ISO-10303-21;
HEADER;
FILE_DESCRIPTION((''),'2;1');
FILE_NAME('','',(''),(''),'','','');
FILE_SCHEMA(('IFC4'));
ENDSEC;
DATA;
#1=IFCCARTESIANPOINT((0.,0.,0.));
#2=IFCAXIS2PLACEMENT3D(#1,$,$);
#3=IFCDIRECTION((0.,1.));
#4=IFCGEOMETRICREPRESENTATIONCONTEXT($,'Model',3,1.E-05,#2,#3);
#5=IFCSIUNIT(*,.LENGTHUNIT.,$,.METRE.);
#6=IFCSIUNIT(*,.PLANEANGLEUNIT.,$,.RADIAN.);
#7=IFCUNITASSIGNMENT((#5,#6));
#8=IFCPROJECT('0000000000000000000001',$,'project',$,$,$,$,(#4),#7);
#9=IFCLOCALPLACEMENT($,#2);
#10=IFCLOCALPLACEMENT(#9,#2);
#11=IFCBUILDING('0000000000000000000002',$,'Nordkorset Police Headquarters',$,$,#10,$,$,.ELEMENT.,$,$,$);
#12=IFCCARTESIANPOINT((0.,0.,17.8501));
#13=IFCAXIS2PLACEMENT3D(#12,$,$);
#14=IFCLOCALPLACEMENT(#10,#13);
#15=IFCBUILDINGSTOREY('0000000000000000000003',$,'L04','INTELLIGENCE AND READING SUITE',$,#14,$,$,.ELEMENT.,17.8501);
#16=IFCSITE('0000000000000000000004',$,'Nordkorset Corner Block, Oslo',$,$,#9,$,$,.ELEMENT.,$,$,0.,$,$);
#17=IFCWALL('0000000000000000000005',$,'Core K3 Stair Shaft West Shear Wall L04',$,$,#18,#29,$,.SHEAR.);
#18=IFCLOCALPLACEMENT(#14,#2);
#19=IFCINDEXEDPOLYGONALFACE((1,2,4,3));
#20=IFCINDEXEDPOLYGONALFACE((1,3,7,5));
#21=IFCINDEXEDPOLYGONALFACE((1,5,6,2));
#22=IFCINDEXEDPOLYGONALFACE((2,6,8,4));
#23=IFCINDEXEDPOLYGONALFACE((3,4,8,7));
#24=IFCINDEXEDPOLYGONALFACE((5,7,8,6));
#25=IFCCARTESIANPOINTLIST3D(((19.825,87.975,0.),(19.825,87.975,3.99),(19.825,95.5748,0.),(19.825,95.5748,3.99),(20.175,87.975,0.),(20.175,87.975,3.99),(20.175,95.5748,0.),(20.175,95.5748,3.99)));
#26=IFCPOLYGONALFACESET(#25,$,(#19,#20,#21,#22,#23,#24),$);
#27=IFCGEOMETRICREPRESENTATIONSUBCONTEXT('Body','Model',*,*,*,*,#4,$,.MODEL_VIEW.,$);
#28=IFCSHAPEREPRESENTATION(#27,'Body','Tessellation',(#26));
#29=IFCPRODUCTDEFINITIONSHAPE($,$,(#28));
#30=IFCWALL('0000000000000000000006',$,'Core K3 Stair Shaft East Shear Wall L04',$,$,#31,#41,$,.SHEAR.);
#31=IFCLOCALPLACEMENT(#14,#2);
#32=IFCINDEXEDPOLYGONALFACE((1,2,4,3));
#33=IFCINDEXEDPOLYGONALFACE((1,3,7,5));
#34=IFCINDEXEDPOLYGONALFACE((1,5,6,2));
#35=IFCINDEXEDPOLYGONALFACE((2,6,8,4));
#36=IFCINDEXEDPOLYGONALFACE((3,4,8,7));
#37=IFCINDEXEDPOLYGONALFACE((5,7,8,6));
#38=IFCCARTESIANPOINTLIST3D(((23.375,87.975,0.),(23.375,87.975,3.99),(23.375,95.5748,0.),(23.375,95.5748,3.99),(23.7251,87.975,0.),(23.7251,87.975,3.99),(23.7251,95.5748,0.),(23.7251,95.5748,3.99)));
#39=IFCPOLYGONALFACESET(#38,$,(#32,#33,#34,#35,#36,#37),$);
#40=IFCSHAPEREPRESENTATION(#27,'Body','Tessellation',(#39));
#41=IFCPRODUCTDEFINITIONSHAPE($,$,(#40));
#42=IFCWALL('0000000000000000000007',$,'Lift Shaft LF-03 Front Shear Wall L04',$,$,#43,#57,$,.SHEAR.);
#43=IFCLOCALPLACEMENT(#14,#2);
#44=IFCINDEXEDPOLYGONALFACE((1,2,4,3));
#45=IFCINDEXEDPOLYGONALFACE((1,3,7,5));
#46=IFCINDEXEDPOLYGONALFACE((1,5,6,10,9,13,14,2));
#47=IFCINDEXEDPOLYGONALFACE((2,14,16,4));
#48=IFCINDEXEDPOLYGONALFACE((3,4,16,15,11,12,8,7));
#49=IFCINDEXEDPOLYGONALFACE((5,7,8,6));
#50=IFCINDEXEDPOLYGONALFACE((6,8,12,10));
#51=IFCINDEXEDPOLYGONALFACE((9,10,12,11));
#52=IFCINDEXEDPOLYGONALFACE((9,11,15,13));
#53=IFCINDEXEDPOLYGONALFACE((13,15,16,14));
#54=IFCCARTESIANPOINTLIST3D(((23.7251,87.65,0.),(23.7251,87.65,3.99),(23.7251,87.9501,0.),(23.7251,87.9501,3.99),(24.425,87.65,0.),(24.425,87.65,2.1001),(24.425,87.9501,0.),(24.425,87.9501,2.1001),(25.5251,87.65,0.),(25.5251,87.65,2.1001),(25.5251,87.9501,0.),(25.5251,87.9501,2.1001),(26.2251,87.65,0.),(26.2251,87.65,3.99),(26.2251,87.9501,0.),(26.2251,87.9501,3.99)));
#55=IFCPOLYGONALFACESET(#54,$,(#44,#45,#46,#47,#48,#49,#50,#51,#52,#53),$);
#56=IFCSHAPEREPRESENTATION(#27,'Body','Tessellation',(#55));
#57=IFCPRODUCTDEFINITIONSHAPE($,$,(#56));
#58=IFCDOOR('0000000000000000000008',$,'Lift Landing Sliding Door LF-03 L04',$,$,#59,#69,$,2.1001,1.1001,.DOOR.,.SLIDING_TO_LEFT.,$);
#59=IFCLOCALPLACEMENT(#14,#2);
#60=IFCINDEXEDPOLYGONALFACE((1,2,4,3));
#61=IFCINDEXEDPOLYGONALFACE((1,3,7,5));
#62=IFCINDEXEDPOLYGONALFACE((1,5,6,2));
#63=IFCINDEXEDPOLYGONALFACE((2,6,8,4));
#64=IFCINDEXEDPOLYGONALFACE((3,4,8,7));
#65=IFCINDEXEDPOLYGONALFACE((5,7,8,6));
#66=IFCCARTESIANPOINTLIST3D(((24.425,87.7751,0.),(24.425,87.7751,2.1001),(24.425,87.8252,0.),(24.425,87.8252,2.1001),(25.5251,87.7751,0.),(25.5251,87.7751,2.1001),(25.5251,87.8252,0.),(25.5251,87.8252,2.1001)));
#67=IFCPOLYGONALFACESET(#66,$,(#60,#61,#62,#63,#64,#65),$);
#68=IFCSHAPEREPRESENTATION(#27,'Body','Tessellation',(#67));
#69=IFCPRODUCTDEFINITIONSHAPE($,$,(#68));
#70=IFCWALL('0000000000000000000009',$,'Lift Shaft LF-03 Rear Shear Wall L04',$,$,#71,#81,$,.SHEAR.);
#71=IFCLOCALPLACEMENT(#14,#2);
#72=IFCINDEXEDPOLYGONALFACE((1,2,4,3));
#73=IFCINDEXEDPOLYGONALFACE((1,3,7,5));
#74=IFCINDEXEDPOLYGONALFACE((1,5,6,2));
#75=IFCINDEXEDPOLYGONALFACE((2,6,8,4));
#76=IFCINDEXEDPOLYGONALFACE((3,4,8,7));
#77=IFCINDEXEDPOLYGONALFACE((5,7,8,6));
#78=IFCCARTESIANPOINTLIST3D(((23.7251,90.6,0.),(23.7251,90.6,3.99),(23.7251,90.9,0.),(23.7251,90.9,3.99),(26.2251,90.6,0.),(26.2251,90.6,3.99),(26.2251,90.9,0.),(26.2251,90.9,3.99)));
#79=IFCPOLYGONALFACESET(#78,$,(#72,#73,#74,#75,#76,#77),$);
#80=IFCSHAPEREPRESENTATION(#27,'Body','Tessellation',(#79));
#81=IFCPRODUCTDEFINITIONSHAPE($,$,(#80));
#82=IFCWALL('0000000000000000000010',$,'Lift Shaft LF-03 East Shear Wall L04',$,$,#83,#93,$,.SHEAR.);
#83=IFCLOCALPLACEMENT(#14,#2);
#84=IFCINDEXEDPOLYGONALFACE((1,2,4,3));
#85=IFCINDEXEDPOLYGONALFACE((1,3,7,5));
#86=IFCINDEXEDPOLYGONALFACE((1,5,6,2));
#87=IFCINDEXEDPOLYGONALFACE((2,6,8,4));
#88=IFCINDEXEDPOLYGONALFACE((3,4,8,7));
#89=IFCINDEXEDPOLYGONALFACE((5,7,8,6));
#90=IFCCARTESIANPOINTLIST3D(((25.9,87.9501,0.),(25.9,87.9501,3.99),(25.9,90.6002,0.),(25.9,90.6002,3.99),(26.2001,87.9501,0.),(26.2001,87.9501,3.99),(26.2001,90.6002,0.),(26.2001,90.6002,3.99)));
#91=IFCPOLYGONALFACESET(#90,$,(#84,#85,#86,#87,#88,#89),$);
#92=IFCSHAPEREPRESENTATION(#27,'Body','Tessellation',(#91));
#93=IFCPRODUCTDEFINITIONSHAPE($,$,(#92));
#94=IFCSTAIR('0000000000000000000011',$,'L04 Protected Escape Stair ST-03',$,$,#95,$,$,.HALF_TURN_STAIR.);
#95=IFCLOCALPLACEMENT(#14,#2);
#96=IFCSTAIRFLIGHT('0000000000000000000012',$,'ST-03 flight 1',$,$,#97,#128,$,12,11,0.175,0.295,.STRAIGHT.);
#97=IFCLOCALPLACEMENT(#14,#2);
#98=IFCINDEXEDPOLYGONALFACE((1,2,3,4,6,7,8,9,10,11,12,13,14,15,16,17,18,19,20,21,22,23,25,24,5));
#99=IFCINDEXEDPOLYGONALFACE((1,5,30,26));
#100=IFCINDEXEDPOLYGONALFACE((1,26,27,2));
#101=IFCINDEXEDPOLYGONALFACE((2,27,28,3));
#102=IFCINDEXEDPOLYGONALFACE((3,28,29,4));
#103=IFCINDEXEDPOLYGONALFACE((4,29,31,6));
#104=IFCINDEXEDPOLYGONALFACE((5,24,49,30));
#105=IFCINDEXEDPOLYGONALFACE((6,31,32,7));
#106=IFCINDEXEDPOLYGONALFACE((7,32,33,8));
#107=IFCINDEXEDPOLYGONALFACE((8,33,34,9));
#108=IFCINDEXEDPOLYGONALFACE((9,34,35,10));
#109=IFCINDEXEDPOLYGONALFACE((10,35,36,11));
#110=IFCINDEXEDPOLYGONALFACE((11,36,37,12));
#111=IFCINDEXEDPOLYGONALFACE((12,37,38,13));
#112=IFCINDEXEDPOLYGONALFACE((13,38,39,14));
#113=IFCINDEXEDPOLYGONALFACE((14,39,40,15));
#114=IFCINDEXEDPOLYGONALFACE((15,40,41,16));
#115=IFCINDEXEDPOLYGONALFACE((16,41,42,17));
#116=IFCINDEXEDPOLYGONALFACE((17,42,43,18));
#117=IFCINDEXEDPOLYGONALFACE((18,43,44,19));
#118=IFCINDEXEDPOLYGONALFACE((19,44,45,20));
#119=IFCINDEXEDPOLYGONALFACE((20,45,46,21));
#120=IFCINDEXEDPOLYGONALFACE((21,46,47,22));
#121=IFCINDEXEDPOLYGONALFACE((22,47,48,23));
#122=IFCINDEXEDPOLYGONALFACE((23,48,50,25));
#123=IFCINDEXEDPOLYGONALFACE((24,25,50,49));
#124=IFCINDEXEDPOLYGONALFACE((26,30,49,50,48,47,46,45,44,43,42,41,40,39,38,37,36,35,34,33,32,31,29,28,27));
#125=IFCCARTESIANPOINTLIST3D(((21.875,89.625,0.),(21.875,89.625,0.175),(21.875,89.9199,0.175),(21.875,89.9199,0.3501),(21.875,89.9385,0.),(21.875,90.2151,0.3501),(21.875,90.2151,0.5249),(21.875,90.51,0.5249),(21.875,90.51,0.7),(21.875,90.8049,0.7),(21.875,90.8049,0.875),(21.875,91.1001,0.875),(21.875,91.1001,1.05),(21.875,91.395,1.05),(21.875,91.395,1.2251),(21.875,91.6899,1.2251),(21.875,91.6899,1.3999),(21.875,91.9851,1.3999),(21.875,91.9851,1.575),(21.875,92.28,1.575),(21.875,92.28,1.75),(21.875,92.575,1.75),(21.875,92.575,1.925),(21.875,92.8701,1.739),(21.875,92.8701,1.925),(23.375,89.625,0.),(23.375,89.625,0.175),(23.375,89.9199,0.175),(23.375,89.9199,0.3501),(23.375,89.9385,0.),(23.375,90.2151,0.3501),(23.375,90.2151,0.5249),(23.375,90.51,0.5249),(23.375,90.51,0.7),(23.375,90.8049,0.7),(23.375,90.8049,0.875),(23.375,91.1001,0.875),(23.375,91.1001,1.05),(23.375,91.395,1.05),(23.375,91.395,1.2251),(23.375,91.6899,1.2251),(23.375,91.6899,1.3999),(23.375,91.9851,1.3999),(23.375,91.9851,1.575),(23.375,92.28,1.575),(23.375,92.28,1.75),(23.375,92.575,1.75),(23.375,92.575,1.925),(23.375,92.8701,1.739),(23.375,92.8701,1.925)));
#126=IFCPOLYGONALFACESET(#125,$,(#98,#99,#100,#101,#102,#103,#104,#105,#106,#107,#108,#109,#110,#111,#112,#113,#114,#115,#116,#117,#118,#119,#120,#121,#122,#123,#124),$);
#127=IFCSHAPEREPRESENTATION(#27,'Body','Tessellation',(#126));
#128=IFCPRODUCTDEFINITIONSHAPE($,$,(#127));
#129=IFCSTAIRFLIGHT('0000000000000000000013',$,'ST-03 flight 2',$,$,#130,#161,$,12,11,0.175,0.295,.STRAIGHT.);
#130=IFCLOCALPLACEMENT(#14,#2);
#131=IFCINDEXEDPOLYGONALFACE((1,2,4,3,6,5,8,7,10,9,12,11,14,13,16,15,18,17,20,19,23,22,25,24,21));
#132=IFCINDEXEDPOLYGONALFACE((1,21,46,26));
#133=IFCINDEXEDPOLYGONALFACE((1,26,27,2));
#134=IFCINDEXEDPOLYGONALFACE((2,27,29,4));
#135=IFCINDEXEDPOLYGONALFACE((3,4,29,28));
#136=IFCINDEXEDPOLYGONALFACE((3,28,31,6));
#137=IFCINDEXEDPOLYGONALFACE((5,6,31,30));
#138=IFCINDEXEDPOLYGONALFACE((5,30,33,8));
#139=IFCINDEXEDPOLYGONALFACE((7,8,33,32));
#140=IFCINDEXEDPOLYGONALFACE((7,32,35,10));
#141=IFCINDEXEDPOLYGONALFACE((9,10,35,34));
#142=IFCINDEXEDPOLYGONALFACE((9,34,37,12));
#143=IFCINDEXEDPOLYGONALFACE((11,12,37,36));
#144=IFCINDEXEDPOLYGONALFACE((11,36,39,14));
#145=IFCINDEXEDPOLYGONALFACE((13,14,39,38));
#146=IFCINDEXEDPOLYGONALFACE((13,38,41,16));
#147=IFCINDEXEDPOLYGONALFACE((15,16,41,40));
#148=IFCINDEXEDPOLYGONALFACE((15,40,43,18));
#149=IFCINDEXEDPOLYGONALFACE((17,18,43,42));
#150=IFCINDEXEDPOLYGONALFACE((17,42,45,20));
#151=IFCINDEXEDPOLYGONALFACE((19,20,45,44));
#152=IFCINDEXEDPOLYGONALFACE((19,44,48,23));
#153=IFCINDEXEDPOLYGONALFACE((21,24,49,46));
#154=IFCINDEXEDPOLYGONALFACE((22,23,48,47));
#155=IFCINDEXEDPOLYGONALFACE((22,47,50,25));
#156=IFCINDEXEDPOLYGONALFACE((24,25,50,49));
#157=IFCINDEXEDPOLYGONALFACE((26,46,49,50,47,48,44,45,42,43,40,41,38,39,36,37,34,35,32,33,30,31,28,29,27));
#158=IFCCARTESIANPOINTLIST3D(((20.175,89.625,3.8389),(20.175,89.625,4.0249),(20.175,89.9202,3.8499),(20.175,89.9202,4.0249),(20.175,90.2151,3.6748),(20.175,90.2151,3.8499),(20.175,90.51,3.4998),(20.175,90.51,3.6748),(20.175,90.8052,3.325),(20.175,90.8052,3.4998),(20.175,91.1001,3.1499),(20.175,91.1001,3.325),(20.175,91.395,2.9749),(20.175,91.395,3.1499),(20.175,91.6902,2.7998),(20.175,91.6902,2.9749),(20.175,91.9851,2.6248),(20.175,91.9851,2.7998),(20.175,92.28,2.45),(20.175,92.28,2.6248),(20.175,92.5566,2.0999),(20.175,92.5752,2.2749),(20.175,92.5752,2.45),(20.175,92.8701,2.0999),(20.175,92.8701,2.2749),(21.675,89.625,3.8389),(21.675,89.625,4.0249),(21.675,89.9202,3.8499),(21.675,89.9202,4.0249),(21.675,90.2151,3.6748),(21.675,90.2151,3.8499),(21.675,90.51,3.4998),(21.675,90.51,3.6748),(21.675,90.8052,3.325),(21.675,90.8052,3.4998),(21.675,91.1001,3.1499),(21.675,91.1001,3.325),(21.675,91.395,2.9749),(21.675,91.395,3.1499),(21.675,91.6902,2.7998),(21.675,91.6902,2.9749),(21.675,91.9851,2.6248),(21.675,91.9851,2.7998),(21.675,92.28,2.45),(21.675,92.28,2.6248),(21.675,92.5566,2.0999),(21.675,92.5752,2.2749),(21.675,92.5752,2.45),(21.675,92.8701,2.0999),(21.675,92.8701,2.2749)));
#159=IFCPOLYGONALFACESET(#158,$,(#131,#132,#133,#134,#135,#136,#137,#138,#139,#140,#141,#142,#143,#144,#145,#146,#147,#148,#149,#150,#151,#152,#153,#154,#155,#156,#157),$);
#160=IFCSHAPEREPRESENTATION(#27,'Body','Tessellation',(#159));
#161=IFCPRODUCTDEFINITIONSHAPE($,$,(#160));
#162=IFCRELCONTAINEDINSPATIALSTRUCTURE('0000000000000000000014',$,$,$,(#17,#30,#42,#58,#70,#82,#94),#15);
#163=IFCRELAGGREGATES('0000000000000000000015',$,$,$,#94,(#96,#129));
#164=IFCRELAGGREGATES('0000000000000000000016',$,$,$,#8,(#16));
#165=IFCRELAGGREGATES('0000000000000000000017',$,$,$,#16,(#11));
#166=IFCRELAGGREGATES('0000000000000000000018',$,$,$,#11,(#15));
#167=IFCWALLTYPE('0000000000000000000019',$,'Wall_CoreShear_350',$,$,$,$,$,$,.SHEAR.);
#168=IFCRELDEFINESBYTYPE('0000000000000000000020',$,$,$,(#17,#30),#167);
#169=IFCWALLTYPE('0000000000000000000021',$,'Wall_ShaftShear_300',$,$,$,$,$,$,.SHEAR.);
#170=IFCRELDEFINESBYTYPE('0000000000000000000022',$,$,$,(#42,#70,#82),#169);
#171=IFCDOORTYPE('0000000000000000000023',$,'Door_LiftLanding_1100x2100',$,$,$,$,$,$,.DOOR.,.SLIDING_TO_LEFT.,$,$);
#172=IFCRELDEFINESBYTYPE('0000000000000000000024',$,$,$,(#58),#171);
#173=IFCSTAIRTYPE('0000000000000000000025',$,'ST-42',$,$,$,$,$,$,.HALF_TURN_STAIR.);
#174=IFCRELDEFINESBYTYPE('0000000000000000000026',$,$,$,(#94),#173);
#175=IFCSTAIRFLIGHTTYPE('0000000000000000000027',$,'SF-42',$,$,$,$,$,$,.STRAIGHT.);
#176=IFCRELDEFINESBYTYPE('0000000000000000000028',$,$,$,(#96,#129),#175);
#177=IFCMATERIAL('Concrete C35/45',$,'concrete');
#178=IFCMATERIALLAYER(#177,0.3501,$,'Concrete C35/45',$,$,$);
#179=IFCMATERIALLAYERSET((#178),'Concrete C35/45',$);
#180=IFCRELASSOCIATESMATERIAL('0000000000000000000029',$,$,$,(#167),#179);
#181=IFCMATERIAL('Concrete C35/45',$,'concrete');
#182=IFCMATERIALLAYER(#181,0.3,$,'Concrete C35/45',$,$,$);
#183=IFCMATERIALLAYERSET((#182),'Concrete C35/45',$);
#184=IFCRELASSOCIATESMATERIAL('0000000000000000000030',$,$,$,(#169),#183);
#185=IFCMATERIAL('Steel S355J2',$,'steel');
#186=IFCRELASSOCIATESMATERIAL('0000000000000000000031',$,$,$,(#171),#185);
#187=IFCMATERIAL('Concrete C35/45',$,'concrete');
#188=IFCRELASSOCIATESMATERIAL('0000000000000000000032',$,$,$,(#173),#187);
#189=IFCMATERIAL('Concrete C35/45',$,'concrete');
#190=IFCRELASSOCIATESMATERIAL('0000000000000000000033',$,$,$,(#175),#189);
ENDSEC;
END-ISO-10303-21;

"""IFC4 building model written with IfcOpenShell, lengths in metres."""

from ifc_helpers import new_model, si_unit, direction, frame, frame_2d, origin, place, context, subcontext, project, spatial, polyline, rectangle, outline, extrude, material, layer, layer_set, type_object, element, fill, aggregate, save


model = new_model("IFC4")

# Units and contexts
model_context = context("Model", 3, precision=1e-05, world=origin(), true_north=direction((0.0, 1.0)))
body_context = subcontext(model_context, "Body", "Model", "MODEL_VIEW")
ifc_project = project(units=[si_unit("LENGTHUNIT", "METRE"), si_unit("PLANEANGLEUNIT", "RADIAN")], contexts=[model_context])

# Site, building, storey
site_placement = place(None, origin())
site = spatial("IfcSite", under=ifc_project, at=site_placement, Name="Nordkorset Corner Block, Oslo", CompositionType="ELEMENT", RefElevation=0.0)
building_placement = place(site_placement, origin())
building = spatial("IfcBuilding", under=site, at=building_placement, Name="Nordkorset Police Headquarters", CompositionType="ELEMENT")
storey_placement = place(building_placement, frame((0.0, 0.0, 17.8501)))
storey = spatial("IfcBuildingStorey", under=building, at=storey_placement, Name="L04", Description="INTELLIGENCE AND READING SUITE", CompositionType="ELEMENT", Elevation=17.8501)

# Walls
ifc_material_1 = material(Name="Concrete C35/45", Category="concrete")
ifc_layer_1 = layer(ifc_material_1, 0.3501, Name="Concrete C35/45")
ifc_layer_set_1 = layer_set([ifc_layer_1], Name="Concrete C35/45")
wall_type_1 = type_object("IfcWallType", Name="Wall_CoreShear_350", PredefinedType="SHEAR", material=ifc_layer_set_1)
for number, where, z_axis, x_axis, name in (
    (1, (20.0, 87.9751, 0.0), (0.0, 0.0, 1.0), (0.0, 1.0, 0.0), "Core K3 Stair Shaft West Shear Wall L04"),
    (2, (23.55, 87.9751, 0.0), (0.0, 0.0, 1.0), (0.0, 1.0, 0.0), "Core K3 Stair Shaft East Shear Wall L04"),
):
    element("IfcWall", number, at=place(storey_placement, frame(where, z_axis=z_axis, x_axis=x_axis)), inside=storey, type_object=wall_type_1, Name=name, PredefinedType="SHEAR", context=body_context, shape_type="SweptSolid", body=[
        extrude(rectangle(XDim=7.5999, YDim=0.3501, at=frame_2d((3.7998, 0.0))), origin(), (0.0, 0.0, 1.0), 3.99),
    ])

# Wall, opening, door
ifc_material_2 = material(Name="Concrete C35/45", Category="concrete")
ifc_layer_2 = layer(ifc_material_2, 0.3, Name="Concrete C35/45")
ifc_layer_set_2 = layer_set([ifc_layer_2], Name="Concrete C35/45")
wall_type_2 = type_object("IfcWallType", Name="Wall_ShaftShear_300", PredefinedType="SHEAR", material=ifc_layer_set_2)
wall_1_placement = place(storey_placement, frame((23.7251, 87.8, 0.0), z_axis=(0.0, 0.0, 1.0), x_axis=(1.0, 0.0, 0.0)))
wall_1 = element("IfcWall", 3, at=wall_1_placement, inside=storey, type_object=wall_type_2, Name="Lift Shaft LF-03 Front Shear Wall L04", PredefinedType="SHEAR", context=body_context, shape_type="SweptSolid", body=[
    extrude(rectangle(XDim=2.5, YDim=0.3, at=frame_2d((1.25, 0.0))), origin(), (0.0, 0.0, 1.0), 3.99),
])
opening_placement = place(wall_1_placement, frame((0.7, 0.0, 0.0)))
opening = element("IfcOpeningElement", 4, at=opening_placement, cuts=wall_1, PredefinedType="OPENING", context=body_context, shape_type="SweptSolid", body=[
    extrude(rectangle(XDim=1.1001, YDim=2.1001, at=frame_2d((0.55, 1.05))), frame((0.0, 0.1602, 0.0), z_axis=(0.0, -1.0, 0.0), x_axis=(1.0, 0.0, 0.0)), (0.0, 0.0, 1.0), 0.3201),
])
ifc_material_3 = material(Name="Steel S355J2", Category="steel")
door_type = type_object("IfcDoorType", Name="Door_LiftLanding_1100x2100", OperationType="SLIDING_TO_LEFT", PredefinedType="DOOR", material=ifc_material_3)
door_placement = place(opening_placement, frame((1.1001, 0.0, 0.0), z_axis=(0.0, 0.0, 1.0), x_axis=(-1.0, 0.0, 0.0)))
door = element("IfcDoor", 5, at=door_placement, inside=storey, type_object=door_type, Name="Lift Landing Sliding Door LF-03 L04", OperationType="SLIDING_TO_LEFT", OverallHeight=2.1001, OverallWidth=1.1001, PredefinedType="DOOR", context=body_context, shape_type="SweptSolid", body=[
    extrude(rectangle(XDim=1.1001, YDim=2.1001, at=frame_2d((0.55, 1.05))), frame((0.0, 0.0249, 0.0), z_axis=(0.0, -1.0, 0.0), x_axis=(1.0, 0.0, 0.0)), (0.0, 0.0, 1.0), 0.05),
])
fill(opening, door)

# Walls
wall_2_placement = place(storey_placement, frame((23.7251, 90.75, 0.0), z_axis=(0.0, 0.0, 1.0), x_axis=(1.0, 0.0, 0.0)))
element("IfcWall", 6, at=wall_2_placement, inside=storey, type_object=wall_type_2, Name="Lift Shaft LF-03 Rear Shear Wall L04", PredefinedType="SHEAR", context=body_context, shape_type="SweptSolid", body=[
    extrude(rectangle(XDim=2.5, YDim=0.3, at=frame_2d((1.25, 0.0))), origin(), (0.0, 0.0, 1.0), 3.99),
])
wall_3_placement = place(storey_placement, frame((26.05, 87.95, 0.0), z_axis=(0.0, 0.0, 1.0), x_axis=(0.0, 1.0, 0.0)))
element("IfcWall", 7, at=wall_3_placement, inside=storey, type_object=wall_type_2, Name="Lift Shaft LF-03 East Shear Wall L04", PredefinedType="SHEAR", context=body_context, shape_type="SweptSolid", body=[
    extrude(rectangle(XDim=2.6501, YDim=0.3, at=frame_2d((1.3252, 0.0))), origin(), (0.0, 0.0, 1.0), 3.99),
])

# Stair, stair flights
ifc_material_4 = material(Name="Concrete C35/45", Category="concrete")
stair_type = type_object("IfcStairType", Name="ST-42", PredefinedType="HALF_TURN_STAIR", material=ifc_material_4)
stair_placement = place(storey_placement, origin())
stair = element("IfcStair", 8, at=stair_placement, inside=storey, type_object=stair_type, Name="L04 Protected Escape Stair ST-03", PredefinedType="HALF_TURN_STAIR")
ifc_material_5 = material(Name="Concrete C35/45", Category="concrete")
stair_flight_type = type_object("IfcStairFlightType", Name="SF-42", PredefinedType="STRAIGHT", material=ifc_material_5)
stair_flight_1_placement = place(storey_placement, frame((22.625, 89.625, 0.0), z_axis=(0.0, 0.0, 1.0), x_axis=(0.0, 1.0, 0.0)))
stair_flight_1 = element("IfcStairFlight", 9, at=stair_flight_1_placement, type_object=stair_flight_type, Name="ST-03 flight 1", NumberOfRisers=12, NumberOfTreads=11, PredefinedType="STRAIGHT", RiserHeight=0.175, TreadLength=0.295, context=body_context, shape_type="SweptSolid", body=[
    extrude(outline(polyline([(0.0, 0.0), (0.0, 0.175), (0.2949, 0.175), (0.2949, 0.3501), (0.5901, 0.3501), (0.5901, 0.5249), (0.885, 0.5249), (0.885, 0.7), (1.1799, 0.7), (1.1799, 0.875), (1.4751, 0.875), (1.4751, 1.05), (1.77, 1.05), (1.77, 1.2251), (2.0649, 1.2251), (2.0649, 1.3999), (2.3601, 1.3999), (2.3601, 1.575), (2.655, 1.575), (2.655, 1.75), (2.95, 1.75), (2.95, 1.925), (3.2451, 1.925), (3.2451, 2.1001), (3.2451, 1.739), (0.3135, 0.0), (0.0, 0.0)])), frame((0.0, 0.75, 0.0), z_axis=(0.0, -1.0, 0.0), x_axis=(1.0, 0.0, 0.0)), (0.0, 0.0, 1.0), 1.5),
])
stair_flight_2_placement = place(storey_placement, frame((20.925, 92.8701, 2.0999), z_axis=(0.0, 0.0, 1.0), x_axis=(0.0, -1.0, 0.0)))
stair_flight_2 = element("IfcStairFlight", 10, at=stair_flight_2_placement, type_object=stair_flight_type, Name="ST-03 flight 2", NumberOfRisers=12, NumberOfTreads=11, PredefinedType="STRAIGHT", RiserHeight=0.175, TreadLength=0.295, context=body_context, shape_type="SweptSolid", body=[
    extrude(outline(polyline([(0.0, 0.0), (0.0, 0.175), (0.2949, 0.175), (0.2949, 0.3501), (0.5901, 0.3501), (0.5901, 0.5249), (0.885, 0.5249), (0.885, 0.7), (1.1799, 0.7), (1.1799, 0.875), (1.4751, 0.875), (1.4751, 1.05), (1.77, 1.05), (1.77, 1.2251), (2.0649, 1.2251), (2.0649, 1.3999), (2.3601, 1.3999), (2.3601, 1.575), (2.655, 1.575), (2.655, 1.75), (2.95, 1.75), (2.95, 1.925), (3.2451, 1.925), (3.2451, 2.1001), (3.2451, 1.739), (0.3135, 0.0), (0.0, 0.0)])), frame((0.0, 0.75, 0.0), z_axis=(0.0, -1.0, 0.0), x_axis=(1.0, 0.0, 0.0)), (0.0, 0.0, 1.0), 1.5),
])
aggregate(stair, [stair_flight_1, stair_flight_2])

save(model, "model.ifc")
